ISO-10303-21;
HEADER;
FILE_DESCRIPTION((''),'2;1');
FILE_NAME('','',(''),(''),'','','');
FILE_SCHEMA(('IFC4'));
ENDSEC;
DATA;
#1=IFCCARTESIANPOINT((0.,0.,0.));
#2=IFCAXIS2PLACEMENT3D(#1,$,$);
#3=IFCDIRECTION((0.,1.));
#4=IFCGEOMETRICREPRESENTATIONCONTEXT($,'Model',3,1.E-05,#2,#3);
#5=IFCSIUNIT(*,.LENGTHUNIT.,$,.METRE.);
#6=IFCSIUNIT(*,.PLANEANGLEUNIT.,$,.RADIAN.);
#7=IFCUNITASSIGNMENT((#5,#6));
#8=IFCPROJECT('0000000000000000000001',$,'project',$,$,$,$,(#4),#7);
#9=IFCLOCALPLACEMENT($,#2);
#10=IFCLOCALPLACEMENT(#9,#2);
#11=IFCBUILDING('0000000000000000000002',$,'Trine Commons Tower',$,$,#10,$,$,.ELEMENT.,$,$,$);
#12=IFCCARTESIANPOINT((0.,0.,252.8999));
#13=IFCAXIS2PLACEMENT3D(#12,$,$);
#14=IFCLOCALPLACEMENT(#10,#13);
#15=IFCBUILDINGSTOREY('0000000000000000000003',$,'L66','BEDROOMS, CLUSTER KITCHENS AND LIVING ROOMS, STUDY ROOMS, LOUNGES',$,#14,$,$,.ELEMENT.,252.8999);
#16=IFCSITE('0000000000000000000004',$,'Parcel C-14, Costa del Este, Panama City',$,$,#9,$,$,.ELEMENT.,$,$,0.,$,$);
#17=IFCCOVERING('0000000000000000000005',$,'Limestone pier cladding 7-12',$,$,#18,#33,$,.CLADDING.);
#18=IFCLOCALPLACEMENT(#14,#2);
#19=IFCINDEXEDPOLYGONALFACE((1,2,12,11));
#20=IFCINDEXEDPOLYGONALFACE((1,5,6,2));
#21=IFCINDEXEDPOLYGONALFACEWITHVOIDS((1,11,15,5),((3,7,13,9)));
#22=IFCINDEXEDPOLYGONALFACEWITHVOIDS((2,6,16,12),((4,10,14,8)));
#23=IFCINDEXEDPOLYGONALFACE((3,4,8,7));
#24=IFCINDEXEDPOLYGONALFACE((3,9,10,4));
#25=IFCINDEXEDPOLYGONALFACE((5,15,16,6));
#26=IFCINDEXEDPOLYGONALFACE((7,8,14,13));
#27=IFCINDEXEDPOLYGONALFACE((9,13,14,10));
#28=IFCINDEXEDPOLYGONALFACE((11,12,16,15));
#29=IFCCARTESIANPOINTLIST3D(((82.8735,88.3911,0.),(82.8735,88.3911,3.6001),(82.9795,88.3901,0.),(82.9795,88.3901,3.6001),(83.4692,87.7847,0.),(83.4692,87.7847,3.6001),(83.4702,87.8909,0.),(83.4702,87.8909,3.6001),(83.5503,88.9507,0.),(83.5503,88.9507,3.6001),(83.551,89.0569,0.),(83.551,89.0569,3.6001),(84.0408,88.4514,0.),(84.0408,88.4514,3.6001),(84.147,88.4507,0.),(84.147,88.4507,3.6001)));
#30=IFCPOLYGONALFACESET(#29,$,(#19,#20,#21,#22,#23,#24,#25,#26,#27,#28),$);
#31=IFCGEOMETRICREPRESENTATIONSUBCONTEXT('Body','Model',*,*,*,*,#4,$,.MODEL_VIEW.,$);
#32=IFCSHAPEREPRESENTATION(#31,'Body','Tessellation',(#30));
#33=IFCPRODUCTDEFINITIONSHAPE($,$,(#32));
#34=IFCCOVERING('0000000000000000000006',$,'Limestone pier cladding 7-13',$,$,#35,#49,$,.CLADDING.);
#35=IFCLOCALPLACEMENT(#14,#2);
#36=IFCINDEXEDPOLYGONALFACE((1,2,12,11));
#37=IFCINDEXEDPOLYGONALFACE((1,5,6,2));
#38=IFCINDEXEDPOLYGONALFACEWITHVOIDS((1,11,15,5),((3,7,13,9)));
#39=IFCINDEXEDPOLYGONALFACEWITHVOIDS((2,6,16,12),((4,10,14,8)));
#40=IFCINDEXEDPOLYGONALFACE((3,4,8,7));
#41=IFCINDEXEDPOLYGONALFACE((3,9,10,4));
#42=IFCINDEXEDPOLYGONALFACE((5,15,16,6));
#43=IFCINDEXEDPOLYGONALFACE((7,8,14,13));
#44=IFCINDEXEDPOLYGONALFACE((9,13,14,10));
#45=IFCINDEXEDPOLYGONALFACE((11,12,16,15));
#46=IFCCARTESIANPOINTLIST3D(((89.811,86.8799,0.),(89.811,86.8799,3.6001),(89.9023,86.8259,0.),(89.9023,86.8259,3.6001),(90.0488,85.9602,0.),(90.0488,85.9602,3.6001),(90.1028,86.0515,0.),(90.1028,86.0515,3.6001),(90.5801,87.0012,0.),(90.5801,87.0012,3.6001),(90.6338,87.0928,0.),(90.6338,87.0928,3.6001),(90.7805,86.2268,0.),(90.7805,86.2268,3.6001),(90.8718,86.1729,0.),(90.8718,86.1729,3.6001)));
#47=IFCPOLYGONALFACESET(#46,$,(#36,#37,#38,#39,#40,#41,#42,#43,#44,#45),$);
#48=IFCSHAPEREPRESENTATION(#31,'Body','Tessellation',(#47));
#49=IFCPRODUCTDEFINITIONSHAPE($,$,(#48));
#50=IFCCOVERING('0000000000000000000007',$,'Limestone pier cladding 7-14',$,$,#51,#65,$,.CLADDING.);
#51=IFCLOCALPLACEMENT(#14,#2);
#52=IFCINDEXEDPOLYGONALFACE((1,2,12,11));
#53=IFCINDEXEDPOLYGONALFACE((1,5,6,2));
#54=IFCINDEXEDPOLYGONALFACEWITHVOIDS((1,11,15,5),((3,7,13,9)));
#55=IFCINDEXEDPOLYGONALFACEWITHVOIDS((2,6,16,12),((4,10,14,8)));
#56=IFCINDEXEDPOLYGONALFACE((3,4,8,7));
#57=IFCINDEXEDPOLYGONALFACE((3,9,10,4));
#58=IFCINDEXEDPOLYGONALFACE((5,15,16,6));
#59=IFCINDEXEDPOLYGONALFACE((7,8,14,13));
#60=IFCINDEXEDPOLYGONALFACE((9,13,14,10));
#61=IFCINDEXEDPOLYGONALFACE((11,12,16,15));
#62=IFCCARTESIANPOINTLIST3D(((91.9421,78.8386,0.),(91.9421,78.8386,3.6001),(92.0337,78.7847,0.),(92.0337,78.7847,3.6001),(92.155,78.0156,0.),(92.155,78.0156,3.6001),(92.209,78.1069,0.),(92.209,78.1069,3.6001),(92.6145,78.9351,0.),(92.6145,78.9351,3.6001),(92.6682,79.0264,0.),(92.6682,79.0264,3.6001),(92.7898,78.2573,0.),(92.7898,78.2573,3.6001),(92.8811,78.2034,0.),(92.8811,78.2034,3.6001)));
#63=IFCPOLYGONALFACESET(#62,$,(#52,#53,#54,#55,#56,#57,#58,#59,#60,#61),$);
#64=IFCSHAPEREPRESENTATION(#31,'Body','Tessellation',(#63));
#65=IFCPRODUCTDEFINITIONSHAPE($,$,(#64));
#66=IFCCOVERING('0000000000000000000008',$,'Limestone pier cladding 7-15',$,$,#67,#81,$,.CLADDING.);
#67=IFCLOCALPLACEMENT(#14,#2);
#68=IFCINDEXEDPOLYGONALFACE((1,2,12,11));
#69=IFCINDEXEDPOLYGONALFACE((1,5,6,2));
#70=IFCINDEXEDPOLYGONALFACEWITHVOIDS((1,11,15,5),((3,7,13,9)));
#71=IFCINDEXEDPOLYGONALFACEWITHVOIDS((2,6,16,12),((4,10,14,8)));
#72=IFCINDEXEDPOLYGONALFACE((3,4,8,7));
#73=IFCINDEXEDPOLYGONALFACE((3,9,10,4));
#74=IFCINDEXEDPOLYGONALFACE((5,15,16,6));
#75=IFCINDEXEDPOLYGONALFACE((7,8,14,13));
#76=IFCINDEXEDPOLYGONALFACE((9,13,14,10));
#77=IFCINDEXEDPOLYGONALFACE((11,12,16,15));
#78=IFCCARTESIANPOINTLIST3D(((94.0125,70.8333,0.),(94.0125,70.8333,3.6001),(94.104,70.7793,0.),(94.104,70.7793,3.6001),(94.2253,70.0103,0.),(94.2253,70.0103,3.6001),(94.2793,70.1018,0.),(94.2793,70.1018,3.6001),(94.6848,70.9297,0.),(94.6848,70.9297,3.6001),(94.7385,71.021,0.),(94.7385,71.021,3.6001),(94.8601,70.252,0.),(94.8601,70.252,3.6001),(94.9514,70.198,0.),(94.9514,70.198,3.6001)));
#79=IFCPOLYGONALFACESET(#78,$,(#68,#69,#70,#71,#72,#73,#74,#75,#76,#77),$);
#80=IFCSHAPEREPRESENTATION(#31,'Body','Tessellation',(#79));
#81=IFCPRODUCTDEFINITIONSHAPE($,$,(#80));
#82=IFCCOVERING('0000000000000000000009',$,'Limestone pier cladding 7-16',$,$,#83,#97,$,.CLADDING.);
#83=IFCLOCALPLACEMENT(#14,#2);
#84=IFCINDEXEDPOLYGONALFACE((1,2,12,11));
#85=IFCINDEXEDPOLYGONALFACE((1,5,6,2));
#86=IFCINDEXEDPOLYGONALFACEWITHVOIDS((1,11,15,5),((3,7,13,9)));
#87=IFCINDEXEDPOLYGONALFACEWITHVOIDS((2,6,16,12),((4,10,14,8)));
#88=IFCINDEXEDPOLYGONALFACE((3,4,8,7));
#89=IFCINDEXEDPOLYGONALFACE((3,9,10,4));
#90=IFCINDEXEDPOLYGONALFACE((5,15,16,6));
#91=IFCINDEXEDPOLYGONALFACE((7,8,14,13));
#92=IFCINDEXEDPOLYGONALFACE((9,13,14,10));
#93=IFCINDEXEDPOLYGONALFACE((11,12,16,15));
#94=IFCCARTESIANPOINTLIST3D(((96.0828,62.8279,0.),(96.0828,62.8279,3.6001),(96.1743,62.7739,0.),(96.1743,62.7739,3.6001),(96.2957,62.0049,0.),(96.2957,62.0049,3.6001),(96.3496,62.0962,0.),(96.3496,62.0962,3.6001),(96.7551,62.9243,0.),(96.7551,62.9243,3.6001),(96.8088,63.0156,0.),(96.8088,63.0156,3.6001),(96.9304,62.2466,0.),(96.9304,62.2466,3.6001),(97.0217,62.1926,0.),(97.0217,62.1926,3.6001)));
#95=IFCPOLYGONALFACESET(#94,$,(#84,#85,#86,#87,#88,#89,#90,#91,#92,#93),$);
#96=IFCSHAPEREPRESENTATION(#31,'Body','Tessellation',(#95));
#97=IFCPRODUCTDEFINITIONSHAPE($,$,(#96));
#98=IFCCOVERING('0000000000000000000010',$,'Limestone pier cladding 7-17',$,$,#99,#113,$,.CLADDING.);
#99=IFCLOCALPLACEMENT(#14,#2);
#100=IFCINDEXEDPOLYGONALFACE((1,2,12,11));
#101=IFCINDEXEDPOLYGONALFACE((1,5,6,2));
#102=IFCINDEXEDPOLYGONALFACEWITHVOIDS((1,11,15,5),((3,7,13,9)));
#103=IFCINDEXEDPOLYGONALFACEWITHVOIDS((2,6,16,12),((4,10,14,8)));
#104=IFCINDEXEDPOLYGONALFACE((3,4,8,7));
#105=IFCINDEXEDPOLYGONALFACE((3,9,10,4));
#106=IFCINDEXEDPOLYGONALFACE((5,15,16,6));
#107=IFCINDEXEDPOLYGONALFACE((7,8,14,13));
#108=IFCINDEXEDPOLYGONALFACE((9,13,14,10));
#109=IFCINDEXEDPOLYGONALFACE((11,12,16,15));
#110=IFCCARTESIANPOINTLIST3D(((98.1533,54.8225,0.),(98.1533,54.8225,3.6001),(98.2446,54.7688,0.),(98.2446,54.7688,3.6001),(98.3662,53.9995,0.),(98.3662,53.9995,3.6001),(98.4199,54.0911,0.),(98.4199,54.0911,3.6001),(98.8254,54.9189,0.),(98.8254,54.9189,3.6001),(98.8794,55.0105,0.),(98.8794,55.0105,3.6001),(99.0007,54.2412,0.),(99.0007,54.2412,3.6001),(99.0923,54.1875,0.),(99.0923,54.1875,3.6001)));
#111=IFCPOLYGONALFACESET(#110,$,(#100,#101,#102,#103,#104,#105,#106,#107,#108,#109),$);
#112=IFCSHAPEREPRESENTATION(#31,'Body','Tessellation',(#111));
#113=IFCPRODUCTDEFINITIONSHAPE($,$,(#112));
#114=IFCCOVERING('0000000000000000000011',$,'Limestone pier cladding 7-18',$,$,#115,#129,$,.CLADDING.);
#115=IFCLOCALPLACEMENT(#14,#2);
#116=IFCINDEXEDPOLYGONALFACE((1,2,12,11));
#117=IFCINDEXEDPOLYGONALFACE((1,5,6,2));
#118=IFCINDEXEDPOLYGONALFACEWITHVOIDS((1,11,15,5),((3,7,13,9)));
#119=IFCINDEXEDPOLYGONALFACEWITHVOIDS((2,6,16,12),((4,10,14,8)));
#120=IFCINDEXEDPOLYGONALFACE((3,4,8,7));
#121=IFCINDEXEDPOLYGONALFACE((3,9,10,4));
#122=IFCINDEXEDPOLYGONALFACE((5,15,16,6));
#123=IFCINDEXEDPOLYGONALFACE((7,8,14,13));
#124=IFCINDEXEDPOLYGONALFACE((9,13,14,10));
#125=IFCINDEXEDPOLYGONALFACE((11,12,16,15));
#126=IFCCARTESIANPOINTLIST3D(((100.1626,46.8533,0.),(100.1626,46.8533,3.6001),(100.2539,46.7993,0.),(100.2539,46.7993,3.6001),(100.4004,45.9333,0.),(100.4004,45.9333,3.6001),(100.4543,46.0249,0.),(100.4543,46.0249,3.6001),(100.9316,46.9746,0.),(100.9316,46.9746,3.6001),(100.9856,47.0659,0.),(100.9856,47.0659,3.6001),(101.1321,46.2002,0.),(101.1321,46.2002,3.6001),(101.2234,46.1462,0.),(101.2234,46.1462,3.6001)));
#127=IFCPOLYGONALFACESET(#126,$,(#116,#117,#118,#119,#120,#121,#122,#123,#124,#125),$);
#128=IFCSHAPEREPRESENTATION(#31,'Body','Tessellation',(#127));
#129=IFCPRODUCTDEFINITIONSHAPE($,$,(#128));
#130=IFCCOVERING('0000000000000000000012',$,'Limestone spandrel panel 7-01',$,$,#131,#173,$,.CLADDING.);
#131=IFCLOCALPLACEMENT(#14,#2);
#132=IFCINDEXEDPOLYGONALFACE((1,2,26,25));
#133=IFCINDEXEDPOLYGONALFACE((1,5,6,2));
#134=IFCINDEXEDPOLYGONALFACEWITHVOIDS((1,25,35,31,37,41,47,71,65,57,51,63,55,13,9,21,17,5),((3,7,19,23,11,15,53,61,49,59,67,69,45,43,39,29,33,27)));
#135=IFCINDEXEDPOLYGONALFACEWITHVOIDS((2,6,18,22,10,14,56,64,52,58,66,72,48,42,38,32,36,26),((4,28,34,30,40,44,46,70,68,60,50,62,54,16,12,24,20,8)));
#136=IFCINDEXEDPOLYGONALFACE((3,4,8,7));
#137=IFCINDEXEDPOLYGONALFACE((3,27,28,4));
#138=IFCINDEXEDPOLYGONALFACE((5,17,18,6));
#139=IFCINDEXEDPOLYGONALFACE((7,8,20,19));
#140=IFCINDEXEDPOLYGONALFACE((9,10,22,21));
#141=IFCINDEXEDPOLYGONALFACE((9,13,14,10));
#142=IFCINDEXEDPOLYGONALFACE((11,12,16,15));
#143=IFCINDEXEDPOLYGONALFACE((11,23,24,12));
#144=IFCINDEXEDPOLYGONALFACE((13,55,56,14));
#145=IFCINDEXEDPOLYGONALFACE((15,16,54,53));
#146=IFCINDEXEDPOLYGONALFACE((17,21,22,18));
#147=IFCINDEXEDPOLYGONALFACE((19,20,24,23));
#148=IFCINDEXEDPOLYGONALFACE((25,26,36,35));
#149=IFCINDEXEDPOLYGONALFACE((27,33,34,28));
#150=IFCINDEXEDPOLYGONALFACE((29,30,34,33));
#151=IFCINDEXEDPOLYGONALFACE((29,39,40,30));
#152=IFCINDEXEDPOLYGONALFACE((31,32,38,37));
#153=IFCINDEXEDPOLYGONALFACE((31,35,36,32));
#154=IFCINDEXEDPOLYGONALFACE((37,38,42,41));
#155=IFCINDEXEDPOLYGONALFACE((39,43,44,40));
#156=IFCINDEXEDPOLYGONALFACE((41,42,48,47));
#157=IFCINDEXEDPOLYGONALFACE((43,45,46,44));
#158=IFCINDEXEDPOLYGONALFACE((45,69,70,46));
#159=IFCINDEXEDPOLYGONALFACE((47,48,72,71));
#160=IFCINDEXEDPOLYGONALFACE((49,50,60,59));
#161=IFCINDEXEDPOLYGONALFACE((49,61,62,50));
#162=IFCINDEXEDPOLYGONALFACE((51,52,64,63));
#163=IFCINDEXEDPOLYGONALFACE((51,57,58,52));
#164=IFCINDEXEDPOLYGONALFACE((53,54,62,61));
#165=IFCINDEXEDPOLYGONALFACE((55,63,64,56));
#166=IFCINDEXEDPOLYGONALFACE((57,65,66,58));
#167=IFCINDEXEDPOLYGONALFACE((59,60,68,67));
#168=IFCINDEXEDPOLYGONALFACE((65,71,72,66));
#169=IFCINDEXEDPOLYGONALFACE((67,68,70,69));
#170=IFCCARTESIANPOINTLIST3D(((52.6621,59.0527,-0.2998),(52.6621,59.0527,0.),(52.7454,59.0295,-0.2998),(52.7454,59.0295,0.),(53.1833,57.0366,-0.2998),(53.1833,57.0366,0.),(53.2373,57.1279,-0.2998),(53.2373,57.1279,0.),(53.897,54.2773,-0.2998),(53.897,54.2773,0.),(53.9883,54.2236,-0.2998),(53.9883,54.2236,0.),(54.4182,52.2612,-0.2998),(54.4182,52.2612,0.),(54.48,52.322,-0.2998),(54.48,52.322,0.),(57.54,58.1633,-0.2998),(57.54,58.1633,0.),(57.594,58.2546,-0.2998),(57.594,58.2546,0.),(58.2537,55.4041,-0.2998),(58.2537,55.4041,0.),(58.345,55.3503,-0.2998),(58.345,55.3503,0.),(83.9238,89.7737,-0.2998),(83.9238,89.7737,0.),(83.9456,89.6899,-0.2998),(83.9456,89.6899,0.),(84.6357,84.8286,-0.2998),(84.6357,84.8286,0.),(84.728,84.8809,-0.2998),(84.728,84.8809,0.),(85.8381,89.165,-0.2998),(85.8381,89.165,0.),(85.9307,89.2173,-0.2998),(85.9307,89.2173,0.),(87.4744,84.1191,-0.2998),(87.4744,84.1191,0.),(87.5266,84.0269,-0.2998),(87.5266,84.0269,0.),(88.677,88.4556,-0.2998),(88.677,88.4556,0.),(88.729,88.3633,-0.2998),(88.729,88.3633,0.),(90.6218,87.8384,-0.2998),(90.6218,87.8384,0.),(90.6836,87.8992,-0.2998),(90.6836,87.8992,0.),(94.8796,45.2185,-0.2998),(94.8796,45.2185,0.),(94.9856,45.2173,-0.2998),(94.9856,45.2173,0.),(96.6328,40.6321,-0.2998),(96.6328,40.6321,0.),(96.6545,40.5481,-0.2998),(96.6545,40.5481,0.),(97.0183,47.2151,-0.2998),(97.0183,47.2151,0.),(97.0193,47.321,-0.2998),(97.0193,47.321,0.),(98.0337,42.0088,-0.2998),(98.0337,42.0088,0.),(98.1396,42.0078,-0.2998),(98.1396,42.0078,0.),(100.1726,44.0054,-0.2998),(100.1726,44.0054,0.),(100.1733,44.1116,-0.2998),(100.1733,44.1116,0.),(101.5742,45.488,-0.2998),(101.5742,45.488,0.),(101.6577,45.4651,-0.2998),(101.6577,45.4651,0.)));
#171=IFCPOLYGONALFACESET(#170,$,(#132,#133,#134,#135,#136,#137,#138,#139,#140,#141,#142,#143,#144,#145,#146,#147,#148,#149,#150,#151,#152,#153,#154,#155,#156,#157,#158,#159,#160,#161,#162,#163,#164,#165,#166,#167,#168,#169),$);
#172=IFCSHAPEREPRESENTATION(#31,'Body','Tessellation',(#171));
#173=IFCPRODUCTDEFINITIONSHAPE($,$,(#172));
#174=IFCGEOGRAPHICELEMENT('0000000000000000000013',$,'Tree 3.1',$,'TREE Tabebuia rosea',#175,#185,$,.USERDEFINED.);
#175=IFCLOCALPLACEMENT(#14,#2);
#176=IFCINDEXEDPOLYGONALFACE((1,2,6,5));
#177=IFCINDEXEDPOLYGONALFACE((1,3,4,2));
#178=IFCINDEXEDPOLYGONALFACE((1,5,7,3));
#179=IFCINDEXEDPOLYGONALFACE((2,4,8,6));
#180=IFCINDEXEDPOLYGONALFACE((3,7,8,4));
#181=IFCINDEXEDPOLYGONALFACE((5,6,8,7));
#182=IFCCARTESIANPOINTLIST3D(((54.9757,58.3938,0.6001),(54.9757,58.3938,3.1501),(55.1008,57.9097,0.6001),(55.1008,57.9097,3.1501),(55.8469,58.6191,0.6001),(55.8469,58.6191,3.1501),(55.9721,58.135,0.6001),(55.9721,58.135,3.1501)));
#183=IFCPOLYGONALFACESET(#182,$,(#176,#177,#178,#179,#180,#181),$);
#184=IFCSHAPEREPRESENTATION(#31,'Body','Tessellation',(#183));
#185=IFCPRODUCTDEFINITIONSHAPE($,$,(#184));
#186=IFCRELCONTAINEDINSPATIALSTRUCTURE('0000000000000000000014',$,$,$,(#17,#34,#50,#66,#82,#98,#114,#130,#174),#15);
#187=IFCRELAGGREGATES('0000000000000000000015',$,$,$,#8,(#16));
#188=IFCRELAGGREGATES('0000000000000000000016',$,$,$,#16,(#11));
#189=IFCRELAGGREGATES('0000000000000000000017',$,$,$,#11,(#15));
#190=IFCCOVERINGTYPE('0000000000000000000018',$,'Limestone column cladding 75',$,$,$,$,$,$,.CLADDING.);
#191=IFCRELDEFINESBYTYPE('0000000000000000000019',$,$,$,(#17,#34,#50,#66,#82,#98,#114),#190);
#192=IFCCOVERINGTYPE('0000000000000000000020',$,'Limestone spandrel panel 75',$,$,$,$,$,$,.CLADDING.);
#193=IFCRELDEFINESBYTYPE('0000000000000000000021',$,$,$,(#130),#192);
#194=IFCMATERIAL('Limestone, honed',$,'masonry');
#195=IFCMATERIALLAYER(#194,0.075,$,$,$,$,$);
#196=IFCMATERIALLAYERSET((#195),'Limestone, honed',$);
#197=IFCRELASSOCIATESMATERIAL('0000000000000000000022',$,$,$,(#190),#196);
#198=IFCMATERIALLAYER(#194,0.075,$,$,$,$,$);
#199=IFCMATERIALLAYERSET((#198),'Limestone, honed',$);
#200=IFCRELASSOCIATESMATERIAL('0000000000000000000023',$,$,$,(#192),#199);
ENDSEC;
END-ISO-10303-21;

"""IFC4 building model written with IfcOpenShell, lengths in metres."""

from ifc_helpers import new_model, si_unit, direction, frame, origin, origin_2d, place, context, subcontext, project, spatial, polyline, rectangle, outline, extrude, material, layer, layer_set, type_object, element, save


model = new_model("IFC4")

# Units and contexts
model_context = context("Model", 3, precision=1e-05, world=origin(), true_north=direction((0.0, 1.0)))
body_context = subcontext(model_context, "Body", "Model", "MODEL_VIEW")
ifc_project = project(units=[si_unit("LENGTHUNIT", "METRE"), si_unit("PLANEANGLEUNIT", "RADIAN")], contexts=[model_context])

# Site, building, storey
site_placement = place(None, origin())
site = spatial("IfcSite", under=ifc_project, at=site_placement, Name="Parcel C-14, Costa del Este, Panama City", CompositionType="ELEMENT", RefElevation=0.0)
building_placement = place(site_placement, origin())
building = spatial("IfcBuilding", under=site, at=building_placement, Name="Trine Commons Tower", CompositionType="ELEMENT")
storey_placement = place(building_placement, frame((0.0, 0.0, 252.8999)))
storey = spatial("IfcBuildingStorey", under=building, at=storey_placement, Name="L66", Description="BEDROOMS, CLUSTER KITCHENS AND LIVING ROOMS, STUDY ROOMS, LOUNGES", CompositionType="ELEMENT", Elevation=252.8999)

# Coverings
ifc_material_1 = material(Name="Limestone, honed", Category="masonry")
ifc_layer_1 = layer(ifc_material_1, 0.075)
ifc_layer_set_1 = layer_set([ifc_layer_1], Name="Limestone, honed")
covering_type_1 = type_object("IfcCoveringType", Name="Limestone column cladding 75", PredefinedType="CLADDING", material=ifc_layer_set_1)
covering_1_placement = place(storey_placement, origin())
element("IfcCovering", 1, at=covering_1_placement, inside=storey, type_object=covering_type_1, Name="Limestone pier cladding 7-12", PredefinedType="CLADDING", context=body_context, shape_type="SweptSolid", body=[
    extrude(outline(polyline([(84.147, 88.4507), (83.551, 89.0569), (82.8735, 88.3911), (83.4692, 87.7847), (84.147, 88.4507)]), holes=[polyline([(84.0408, 88.4514), (83.5503, 88.9507), (82.9795, 88.3901), (83.4702, 87.8909), (84.0408, 88.4514)])]), origin(), (0.0, 0.0, 1.0), 3.6001),
])
covering_2_placement = place(storey_placement, origin())
element("IfcCovering", 2, at=covering_2_placement, inside=storey, type_object=covering_type_1, Name="Limestone pier cladding 7-13", PredefinedType="CLADDING", context=body_context, shape_type="SweptSolid", body=[
    extrude(outline(polyline([(90.6338, 87.0928), (89.811, 86.8799), (90.0488, 85.9602), (90.8718, 86.1729), (90.6338, 87.0928)]), holes=[polyline([(90.5801, 87.0012), (89.9023, 86.8259), (90.1028, 86.0515), (90.7805, 86.2268), (90.5801, 87.0012)])]), origin(), (0.0, 0.0, 1.0), 3.6001),
])
covering_3_placement = place(storey_placement, origin())
element("IfcCovering", 3, at=covering_3_placement, inside=storey, type_object=covering_type_1, Name="Limestone pier cladding 7-14", PredefinedType="CLADDING", context=body_context, shape_type="SweptSolid", body=[
    extrude(outline(polyline([(92.6682, 79.0264), (91.9421, 78.8386), (92.155, 78.0156), (92.8811, 78.2034), (92.6682, 79.0264)]), holes=[polyline([(92.6145, 78.9351), (92.0337, 78.7847), (92.209, 78.1069), (92.7898, 78.2573), (92.6145, 78.9351)])]), origin(), (0.0, 0.0, 1.0), 3.6001),
])
covering_4_placement = place(storey_placement, origin())
element("IfcCovering", 4, at=covering_4_placement, inside=storey, type_object=covering_type_1, Name="Limestone pier cladding 7-15", PredefinedType="CLADDING", context=body_context, shape_type="SweptSolid", body=[
    extrude(outline(polyline([(94.7385, 71.021), (94.0125, 70.8333), (94.2253, 70.0103), (94.9514, 70.198), (94.7385, 71.021)]), holes=[polyline([(94.6848, 70.9297), (94.104, 70.7793), (94.2793, 70.1018), (94.8601, 70.252), (94.6848, 70.9297)])]), origin(), (0.0, 0.0, 1.0), 3.6001),
])
covering_5_placement = place(storey_placement, origin())
element("IfcCovering", 5, at=covering_5_placement, inside=storey, type_object=covering_type_1, Name="Limestone pier cladding 7-16", PredefinedType="CLADDING", context=body_context, shape_type="SweptSolid", body=[
    extrude(outline(polyline([(96.8088, 63.0156), (96.0828, 62.8279), (96.2957, 62.0049), (97.0217, 62.1926), (96.8088, 63.0156)]), holes=[polyline([(96.7551, 62.9243), (96.1743, 62.7739), (96.3496, 62.0962), (96.9304, 62.2466), (96.7551, 62.9243)])]), origin(), (0.0, 0.0, 1.0), 3.6001),
])
covering_6_placement = place(storey_placement, origin())
element("IfcCovering", 6, at=covering_6_placement, inside=storey, type_object=covering_type_1, Name="Limestone pier cladding 7-17", PredefinedType="CLADDING", context=body_context, shape_type="SweptSolid", body=[
    extrude(outline(polyline([(98.8794, 55.0105), (98.1533, 54.8225), (98.3662, 53.9995), (99.0923, 54.1875), (98.8794, 55.0105)]), holes=[polyline([(98.8254, 54.9189), (98.2446, 54.7688), (98.4199, 54.0911), (99.0007, 54.2412), (98.8254, 54.9189)])]), origin(), (0.0, 0.0, 1.0), 3.6001),
])
covering_7_placement = place(storey_placement, origin())
element("IfcCovering", 7, at=covering_7_placement, inside=storey, type_object=covering_type_1, Name="Limestone pier cladding 7-18", PredefinedType="CLADDING", context=body_context, shape_type="SweptSolid", body=[
    extrude(outline(polyline([(100.9856, 47.0659), (100.1626, 46.8533), (100.4004, 45.9333), (101.2234, 46.1462), (100.9856, 47.0659)]), holes=[polyline([(100.9316, 46.9746), (100.2539, 46.7993), (100.4543, 46.0249), (101.1321, 46.2002), (100.9316, 46.9746)])]), origin(), (0.0, 0.0, 1.0), 3.6001),
])
ifc_layer_2 = layer(ifc_material_1, 0.075)
ifc_layer_set_2 = layer_set([ifc_layer_2], Name="Limestone, honed")
covering_type_2 = type_object("IfcCoveringType", Name="Limestone spandrel panel 75", PredefinedType="CLADDING", material=ifc_layer_set_2)
covering_8_placement = place(storey_placement, frame((0.0, 0.0, -0.2998)))
element("IfcCovering", 8, at=covering_8_placement, inside=storey, type_object=covering_type_2, Name="Limestone spandrel panel 7-01", PredefinedType="CLADDING", context=body_context, shape_type="SweptSolid", body=[
    extrude(outline(polyline([(97.0183, 47.2151), (100.1726, 44.0054), (101.6577, 45.4651), (90.6836, 87.8992), (88.677, 88.4556), (87.4744, 84.1191), (84.728, 84.8809), (85.9307, 89.2173), (83.9238, 89.7737), (52.6621, 59.0527), (53.1833, 57.0366), (57.54, 58.1633), (58.2537, 55.4041), (53.897, 54.2773), (54.4182, 52.2612), (96.6545, 40.5481), (98.1396, 42.0078), (94.9856, 45.2173), (97.0183, 47.2151)]), holes=[polyline([(88.729, 88.3633), (90.6218, 87.8384), (101.5742, 45.488), (100.1733, 44.1116), (97.0193, 47.321), (94.8796, 45.2185), (98.0337, 42.0088), (96.6328, 40.6321), (54.48, 52.322), (53.9883, 54.2236), (58.345, 55.3503), (57.594, 58.2546), (53.2373, 57.1279), (52.7454, 59.0295), (83.9456, 89.6899), (85.8381, 89.165), (84.6357, 84.8286), (87.5266, 84.0269), (88.729, 88.3633)])]), origin(), (0.0, 0.0, 1.0), 0.2998),
])

# Geographic element
geographic_element_placement = place(storey_placement, frame((55.4739, 58.2644, 0.6001), z_axis=(0.0, 0.0, 1.0), x_axis=(-0.968152, -0.250363, 0.0)))
element("IfcGeographicElement", 9, at=geographic_element_placement, inside=storey, Name="Tree 3.1", ObjectType="TREE Tabebuia rosea", PredefinedType="USERDEFINED", context=body_context, shape_type="SweptSolid", body=[
    extrude(rectangle(XDim=0.8999, YDim=0.5, at=origin_2d()), origin(), (0.0, 0.0, 1.0), 2.55),
])

save(model, "model.ifc")
